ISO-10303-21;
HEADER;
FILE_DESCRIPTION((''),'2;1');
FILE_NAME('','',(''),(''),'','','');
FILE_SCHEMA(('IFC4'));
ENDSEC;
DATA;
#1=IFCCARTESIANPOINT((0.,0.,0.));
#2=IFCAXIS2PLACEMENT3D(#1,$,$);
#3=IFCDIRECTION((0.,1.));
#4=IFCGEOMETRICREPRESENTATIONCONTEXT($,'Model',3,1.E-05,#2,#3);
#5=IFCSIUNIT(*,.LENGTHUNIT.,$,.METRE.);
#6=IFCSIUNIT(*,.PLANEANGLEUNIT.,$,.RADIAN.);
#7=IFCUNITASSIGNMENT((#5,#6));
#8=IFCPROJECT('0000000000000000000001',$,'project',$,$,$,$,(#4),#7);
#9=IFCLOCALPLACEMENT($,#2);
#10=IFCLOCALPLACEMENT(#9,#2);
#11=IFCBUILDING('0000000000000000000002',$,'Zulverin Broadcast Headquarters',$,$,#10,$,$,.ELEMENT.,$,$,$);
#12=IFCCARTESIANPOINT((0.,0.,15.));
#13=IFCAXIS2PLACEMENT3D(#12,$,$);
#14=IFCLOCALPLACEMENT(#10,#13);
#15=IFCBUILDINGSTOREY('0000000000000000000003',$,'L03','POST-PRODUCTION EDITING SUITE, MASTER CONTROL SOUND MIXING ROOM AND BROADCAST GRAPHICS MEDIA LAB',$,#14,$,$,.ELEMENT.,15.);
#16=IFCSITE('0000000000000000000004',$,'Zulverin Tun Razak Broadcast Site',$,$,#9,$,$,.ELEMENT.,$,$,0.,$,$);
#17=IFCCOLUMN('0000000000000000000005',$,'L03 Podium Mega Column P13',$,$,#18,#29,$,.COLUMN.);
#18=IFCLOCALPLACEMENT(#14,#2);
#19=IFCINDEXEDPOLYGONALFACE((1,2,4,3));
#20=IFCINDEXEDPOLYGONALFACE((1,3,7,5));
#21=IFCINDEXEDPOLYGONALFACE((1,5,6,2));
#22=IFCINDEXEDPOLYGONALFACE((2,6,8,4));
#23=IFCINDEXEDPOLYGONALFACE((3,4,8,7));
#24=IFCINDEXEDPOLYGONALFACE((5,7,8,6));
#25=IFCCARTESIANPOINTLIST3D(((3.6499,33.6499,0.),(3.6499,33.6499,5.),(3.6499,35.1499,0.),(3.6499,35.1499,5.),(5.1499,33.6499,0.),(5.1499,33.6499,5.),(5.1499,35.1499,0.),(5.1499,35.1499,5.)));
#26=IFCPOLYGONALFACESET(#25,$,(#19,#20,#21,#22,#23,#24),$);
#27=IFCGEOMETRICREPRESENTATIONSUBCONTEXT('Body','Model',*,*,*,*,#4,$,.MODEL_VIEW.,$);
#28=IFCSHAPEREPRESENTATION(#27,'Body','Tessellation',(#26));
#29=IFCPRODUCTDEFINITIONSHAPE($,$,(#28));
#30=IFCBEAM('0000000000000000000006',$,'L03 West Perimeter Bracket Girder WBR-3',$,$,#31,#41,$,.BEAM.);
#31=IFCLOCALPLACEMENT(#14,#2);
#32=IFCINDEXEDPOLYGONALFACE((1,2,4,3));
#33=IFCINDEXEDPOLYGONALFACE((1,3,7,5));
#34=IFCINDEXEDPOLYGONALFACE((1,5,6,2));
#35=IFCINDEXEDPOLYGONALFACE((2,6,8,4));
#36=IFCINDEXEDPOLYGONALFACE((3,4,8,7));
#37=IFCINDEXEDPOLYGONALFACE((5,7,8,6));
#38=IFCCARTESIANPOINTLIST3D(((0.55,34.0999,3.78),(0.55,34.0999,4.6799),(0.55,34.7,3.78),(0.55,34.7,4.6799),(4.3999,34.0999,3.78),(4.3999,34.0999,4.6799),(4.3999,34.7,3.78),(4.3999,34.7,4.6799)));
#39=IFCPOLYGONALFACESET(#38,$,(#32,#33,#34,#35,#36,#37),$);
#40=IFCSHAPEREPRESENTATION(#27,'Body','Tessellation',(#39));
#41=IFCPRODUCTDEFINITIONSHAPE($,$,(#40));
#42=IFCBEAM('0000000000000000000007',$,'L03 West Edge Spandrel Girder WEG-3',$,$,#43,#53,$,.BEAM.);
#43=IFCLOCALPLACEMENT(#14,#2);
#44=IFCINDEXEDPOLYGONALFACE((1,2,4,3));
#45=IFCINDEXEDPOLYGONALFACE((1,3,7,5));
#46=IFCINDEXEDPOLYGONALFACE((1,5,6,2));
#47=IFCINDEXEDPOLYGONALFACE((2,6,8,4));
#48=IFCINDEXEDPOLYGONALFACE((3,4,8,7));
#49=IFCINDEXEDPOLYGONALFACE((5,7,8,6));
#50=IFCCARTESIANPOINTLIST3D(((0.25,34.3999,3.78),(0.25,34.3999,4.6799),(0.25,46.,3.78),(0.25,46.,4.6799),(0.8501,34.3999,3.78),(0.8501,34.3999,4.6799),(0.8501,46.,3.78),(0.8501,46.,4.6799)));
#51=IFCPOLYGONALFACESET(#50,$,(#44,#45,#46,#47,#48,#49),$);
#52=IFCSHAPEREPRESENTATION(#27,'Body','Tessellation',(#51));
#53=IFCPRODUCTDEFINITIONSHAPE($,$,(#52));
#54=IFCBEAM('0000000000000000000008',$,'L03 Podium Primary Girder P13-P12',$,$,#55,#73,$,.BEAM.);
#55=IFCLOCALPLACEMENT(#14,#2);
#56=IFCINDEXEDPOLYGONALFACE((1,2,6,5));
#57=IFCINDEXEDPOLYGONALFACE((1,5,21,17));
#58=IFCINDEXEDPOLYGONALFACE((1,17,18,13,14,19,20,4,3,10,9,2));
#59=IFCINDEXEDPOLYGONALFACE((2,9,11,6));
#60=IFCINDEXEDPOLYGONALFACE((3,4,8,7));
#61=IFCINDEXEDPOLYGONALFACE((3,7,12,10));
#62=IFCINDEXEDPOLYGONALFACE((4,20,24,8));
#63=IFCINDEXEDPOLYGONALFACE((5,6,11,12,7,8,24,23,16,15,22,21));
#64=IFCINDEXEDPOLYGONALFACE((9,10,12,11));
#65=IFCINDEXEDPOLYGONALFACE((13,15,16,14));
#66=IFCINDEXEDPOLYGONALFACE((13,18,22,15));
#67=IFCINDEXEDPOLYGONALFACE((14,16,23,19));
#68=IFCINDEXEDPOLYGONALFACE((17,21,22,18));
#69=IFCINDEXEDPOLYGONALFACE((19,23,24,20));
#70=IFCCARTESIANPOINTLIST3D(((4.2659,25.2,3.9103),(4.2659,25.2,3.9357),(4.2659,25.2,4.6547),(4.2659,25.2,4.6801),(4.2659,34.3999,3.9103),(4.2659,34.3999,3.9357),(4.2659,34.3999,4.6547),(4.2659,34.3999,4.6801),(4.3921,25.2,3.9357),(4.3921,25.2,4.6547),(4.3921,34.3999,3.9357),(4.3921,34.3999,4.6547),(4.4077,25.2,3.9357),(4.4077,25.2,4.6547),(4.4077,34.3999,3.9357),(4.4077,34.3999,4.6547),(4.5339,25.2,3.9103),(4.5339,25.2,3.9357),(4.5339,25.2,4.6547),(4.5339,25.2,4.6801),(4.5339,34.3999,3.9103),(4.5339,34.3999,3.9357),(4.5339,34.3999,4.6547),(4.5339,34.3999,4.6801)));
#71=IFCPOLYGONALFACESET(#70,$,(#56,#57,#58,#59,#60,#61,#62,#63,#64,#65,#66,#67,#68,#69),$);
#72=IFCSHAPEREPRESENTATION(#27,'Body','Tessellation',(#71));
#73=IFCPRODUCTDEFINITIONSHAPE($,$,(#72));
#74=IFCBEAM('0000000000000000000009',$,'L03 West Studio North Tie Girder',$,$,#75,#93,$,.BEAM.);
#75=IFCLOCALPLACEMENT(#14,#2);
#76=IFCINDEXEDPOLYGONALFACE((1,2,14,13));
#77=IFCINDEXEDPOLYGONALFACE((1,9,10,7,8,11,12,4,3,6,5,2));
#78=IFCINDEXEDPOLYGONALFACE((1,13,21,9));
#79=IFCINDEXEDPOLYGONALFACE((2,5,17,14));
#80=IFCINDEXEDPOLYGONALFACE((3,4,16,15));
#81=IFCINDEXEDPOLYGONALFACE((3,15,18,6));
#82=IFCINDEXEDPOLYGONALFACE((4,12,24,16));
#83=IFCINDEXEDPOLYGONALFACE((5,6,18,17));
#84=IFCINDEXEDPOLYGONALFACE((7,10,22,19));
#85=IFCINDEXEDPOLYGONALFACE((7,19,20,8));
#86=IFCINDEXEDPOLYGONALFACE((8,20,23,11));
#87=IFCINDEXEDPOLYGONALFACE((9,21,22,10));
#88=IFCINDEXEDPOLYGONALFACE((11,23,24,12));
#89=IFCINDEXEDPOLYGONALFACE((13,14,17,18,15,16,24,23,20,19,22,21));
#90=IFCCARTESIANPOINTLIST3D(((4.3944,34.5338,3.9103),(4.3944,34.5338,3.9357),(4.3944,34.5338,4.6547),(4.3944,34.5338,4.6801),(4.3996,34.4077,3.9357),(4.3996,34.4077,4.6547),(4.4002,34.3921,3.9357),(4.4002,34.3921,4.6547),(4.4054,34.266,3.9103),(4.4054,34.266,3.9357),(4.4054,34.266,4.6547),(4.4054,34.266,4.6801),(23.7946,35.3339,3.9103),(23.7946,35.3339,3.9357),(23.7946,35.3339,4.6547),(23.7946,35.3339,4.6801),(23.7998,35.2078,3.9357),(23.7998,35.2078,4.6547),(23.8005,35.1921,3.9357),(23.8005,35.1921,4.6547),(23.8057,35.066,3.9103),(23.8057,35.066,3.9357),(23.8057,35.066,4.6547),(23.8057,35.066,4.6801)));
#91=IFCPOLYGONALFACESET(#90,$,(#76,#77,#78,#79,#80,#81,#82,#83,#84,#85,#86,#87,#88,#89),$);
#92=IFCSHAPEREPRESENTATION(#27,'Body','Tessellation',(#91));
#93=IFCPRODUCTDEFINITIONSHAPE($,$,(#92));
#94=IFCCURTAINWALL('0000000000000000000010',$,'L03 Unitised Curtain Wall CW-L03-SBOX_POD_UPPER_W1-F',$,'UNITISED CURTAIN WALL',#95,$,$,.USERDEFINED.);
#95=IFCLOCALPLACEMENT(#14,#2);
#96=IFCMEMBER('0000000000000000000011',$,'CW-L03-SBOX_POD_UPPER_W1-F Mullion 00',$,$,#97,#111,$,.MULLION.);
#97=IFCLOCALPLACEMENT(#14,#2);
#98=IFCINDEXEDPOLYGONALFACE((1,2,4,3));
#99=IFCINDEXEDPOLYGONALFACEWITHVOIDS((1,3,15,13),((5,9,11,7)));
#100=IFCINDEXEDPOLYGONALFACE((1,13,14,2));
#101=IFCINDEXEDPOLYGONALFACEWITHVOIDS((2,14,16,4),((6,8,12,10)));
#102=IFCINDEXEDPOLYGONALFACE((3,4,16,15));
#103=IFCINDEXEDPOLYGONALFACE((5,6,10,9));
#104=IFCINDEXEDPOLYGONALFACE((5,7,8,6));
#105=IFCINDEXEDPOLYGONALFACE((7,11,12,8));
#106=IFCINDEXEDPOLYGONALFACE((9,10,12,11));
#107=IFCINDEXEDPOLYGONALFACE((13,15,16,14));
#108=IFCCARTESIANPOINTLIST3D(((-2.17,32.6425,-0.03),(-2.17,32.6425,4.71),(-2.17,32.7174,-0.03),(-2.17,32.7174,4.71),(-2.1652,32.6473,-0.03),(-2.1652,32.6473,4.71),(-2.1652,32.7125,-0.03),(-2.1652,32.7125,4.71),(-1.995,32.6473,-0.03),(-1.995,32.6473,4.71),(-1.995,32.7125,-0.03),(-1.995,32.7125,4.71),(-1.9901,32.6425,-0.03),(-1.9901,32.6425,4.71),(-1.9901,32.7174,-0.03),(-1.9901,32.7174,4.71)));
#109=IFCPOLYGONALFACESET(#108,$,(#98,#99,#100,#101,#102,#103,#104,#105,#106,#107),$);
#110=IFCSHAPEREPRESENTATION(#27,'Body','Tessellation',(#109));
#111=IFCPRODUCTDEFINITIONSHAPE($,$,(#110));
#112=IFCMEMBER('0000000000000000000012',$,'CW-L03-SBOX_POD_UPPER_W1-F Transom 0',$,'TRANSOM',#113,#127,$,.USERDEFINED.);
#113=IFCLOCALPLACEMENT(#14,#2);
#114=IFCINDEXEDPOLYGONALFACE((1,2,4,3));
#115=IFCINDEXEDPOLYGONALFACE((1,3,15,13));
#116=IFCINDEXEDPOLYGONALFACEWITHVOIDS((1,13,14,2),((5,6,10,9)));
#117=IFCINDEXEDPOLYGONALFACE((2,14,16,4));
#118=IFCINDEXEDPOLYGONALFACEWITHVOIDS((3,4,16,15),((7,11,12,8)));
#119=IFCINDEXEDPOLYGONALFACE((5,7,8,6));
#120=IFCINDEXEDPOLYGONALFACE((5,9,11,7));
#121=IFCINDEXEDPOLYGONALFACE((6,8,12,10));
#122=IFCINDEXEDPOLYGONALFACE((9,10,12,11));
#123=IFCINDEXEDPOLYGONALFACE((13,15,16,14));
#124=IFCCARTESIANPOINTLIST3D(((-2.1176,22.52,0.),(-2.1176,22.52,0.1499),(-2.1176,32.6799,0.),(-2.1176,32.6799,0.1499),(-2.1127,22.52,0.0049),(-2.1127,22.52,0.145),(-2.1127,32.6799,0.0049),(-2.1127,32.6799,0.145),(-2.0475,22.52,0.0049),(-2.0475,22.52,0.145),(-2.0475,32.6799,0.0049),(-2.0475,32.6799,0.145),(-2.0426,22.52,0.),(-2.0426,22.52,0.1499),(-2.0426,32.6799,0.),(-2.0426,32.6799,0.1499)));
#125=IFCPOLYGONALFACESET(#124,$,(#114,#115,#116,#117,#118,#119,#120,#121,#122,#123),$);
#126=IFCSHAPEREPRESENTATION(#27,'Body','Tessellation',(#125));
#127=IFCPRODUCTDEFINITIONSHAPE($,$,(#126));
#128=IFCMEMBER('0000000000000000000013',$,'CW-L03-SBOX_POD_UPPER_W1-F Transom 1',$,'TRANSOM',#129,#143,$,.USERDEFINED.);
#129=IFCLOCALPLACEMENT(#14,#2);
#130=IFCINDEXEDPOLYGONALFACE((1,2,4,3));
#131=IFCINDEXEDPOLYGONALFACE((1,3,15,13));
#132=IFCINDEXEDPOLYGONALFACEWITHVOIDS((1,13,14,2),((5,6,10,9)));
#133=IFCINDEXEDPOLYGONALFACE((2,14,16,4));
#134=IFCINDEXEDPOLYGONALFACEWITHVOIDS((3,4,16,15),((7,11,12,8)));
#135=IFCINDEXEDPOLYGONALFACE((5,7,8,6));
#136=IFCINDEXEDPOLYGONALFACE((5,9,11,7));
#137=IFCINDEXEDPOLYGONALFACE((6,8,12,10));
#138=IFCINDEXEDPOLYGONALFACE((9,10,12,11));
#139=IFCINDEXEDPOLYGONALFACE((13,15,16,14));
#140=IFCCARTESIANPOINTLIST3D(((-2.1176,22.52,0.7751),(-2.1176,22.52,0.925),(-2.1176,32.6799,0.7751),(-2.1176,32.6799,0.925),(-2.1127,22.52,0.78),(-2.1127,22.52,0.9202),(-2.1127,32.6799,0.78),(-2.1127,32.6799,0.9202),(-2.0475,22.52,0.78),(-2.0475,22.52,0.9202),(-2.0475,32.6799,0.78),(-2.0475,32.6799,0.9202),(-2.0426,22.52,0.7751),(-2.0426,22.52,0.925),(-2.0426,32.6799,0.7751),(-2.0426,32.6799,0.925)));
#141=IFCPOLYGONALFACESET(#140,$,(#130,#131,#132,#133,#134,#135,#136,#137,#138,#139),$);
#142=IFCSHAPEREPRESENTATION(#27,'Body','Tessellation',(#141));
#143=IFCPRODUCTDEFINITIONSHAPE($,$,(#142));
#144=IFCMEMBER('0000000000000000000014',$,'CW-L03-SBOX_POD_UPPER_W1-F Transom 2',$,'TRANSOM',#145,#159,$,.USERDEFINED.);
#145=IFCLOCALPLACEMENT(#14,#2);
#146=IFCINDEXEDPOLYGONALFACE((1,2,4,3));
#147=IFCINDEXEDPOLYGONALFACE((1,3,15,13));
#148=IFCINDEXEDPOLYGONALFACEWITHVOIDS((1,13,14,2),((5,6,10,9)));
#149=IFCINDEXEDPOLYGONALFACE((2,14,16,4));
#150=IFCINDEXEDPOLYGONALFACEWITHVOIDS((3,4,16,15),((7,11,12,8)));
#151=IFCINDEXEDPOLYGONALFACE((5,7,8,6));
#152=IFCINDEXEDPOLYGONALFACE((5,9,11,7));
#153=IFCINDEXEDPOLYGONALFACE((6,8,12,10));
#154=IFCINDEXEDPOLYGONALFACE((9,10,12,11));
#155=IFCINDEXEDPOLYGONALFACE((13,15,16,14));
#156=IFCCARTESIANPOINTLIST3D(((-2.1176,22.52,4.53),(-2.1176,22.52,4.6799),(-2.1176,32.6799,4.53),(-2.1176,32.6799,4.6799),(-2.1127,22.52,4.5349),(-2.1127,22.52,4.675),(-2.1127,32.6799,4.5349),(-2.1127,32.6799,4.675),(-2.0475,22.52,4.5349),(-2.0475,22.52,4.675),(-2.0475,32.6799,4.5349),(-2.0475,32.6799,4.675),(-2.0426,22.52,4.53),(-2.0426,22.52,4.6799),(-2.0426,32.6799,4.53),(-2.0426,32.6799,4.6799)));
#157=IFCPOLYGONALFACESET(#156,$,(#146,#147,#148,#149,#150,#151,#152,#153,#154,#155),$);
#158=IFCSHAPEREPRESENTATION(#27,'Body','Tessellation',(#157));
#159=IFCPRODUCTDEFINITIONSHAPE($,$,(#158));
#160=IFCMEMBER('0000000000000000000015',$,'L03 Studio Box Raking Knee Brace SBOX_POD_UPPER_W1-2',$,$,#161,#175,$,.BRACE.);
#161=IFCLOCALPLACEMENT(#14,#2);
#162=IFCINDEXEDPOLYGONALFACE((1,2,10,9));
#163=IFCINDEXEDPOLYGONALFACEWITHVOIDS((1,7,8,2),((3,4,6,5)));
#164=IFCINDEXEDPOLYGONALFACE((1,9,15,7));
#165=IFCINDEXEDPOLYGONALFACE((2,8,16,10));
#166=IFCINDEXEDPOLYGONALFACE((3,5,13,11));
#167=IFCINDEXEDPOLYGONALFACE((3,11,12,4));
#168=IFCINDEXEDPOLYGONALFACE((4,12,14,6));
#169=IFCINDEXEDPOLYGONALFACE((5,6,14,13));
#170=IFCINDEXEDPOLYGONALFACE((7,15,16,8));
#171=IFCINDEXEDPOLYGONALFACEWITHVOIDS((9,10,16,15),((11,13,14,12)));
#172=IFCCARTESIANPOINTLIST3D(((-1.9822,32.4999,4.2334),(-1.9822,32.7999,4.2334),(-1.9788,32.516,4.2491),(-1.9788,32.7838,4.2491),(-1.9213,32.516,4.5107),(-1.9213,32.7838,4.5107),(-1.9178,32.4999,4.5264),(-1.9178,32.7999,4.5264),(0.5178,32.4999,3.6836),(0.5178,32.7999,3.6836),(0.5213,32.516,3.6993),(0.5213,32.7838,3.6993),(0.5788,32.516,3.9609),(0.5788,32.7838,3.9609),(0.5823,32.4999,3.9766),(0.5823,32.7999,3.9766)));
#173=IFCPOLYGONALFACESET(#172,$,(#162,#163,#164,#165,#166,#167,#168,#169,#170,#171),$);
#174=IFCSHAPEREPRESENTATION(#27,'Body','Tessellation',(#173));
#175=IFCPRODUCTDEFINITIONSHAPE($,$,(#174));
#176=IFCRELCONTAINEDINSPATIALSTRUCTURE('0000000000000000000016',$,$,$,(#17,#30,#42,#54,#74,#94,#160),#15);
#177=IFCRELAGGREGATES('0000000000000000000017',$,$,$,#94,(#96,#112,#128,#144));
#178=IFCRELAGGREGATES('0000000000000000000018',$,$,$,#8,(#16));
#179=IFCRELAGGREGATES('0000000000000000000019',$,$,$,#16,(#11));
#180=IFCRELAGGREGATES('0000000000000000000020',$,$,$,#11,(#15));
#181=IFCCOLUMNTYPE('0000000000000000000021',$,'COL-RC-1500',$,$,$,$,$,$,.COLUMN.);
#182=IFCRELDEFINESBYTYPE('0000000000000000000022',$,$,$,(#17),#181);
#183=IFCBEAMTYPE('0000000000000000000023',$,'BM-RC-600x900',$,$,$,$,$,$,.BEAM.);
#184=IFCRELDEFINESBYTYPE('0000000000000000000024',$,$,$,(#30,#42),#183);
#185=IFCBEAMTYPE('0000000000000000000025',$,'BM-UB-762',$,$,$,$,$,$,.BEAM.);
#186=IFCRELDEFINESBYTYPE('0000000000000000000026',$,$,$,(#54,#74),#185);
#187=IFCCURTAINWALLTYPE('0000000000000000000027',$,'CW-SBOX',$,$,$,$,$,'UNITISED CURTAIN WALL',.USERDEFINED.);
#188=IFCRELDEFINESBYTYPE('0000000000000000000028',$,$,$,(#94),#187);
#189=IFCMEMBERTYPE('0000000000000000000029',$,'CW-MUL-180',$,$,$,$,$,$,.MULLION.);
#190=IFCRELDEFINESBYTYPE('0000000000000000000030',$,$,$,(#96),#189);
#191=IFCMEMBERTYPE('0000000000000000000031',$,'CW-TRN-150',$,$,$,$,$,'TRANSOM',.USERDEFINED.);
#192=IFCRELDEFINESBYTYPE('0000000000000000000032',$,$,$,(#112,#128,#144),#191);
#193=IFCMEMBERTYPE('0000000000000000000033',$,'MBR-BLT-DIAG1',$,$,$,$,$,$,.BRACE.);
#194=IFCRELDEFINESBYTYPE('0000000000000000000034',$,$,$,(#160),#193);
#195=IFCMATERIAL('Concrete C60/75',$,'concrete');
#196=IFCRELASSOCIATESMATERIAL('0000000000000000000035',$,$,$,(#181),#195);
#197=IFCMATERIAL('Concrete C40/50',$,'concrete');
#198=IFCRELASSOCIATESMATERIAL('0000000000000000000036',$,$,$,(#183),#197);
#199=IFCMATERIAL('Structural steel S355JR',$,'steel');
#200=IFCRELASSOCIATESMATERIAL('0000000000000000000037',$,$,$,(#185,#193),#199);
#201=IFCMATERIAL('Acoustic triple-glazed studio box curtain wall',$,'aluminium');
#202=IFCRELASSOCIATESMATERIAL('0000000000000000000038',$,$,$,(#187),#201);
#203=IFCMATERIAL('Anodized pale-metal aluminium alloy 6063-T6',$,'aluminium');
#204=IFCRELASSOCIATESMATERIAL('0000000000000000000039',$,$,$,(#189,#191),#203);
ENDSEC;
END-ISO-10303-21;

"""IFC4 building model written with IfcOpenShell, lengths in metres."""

from ifc_helpers import new_model, si_unit, direction, frame, origin, origin_2d, place, context, subcontext, project, spatial, rectangle, hollow_rectangle, i_section, extrude, material, material_profile, profile_set, type_object, element, aggregate, save


model = new_model("IFC4")

# Units and contexts
model_context = context("Model", 3, precision=1e-05, world=origin(), true_north=direction((0.0, 1.0)))
body_context = subcontext(model_context, "Body", "Model", "MODEL_VIEW")
ifc_project = project(units=[si_unit("LENGTHUNIT", "METRE"), si_unit("PLANEANGLEUNIT", "RADIAN")], contexts=[model_context])

# Site, building, storey
site_placement = place(None, origin())
site = spatial("IfcSite", under=ifc_project, at=site_placement, Name="Zulverin Tun Razak Broadcast Site", CompositionType="ELEMENT", RefElevation=0.0)
building_placement = place(site_placement, origin())
building = spatial("IfcBuilding", under=site, at=building_placement, Name="Zulverin Broadcast Headquarters", CompositionType="ELEMENT")
storey_placement = place(building_placement, frame((0.0, 0.0, 15.0)))
storey = spatial("IfcBuildingStorey", under=building, at=storey_placement, Name="L03", Description="POST-PRODUCTION EDITING SUITE, MASTER CONTROL SOUND MIXING ROOM AND BROADCAST GRAPHICS MEDIA LAB", CompositionType="ELEMENT", Elevation=15.0)

# Column
ifc_material_1 = material(Name="Concrete C60/75", Category="concrete")
ifc_material_profile_1 = material_profile(ifc_material_1, rectangle(XDim=1.5, YDim=1.5, at=origin_2d()), Name="Concrete C60/75", Category="concrete")
ifc_profile_set_1 = profile_set([ifc_material_profile_1], Name="Concrete C60/75")
column_type = type_object("IfcColumnType", Name="COL-RC-1500", PredefinedType="COLUMN", material=ifc_profile_set_1)
column_placement = place(storey_placement, frame((4.3999, 34.3999, 0.0), z_axis=(0.0, 0.0, 1.0), x_axis=(1.0, 0.0, 0.0)))
element("IfcColumn", 1, at=column_placement, inside=storey, type_object=column_type, Name="L03 Podium Mega Column P13", PredefinedType="COLUMN", context=body_context, shape_type="SweptSolid", body=[
    extrude(rectangle(XDim=1.5, YDim=1.5, at=origin_2d()), origin(), (0.0, 0.0, 1.0), 5.0),
])

# Beams
ifc_material_2 = material(Name="Concrete C40/50", Category="concrete")
ifc_material_profile_2 = material_profile(ifc_material_2, rectangle(XDim=0.6001, YDim=0.8999, at=origin_2d()), Name="Concrete C40/50", Category="concrete")
ifc_profile_set_2 = profile_set([ifc_material_profile_2], Name="Concrete C40/50")
beam_type_1 = type_object("IfcBeamType", Name="BM-RC-600x900", PredefinedType="BEAM", material=ifc_profile_set_2)
beam_1_placement = place(storey_placement, frame((4.3999, 34.3999, 4.23), z_axis=(-1.0, 0.0, 0.0), x_axis=(0.0, -1.0, 0.0)))
element("IfcBeam", 2, at=beam_1_placement, inside=storey, type_object=beam_type_1, Name="L03 West Perimeter Bracket Girder WBR-3", PredefinedType="BEAM", context=body_context, shape_type="SweptSolid", body=[
    extrude(rectangle(XDim=0.6001, YDim=0.8999, at=origin_2d()), origin(), (0.0, 0.0, 1.0), 3.8499),
])
beam_2_placement = place(storey_placement, frame((0.55, 34.3999, 4.23), z_axis=(0.0, 1.0, 0.0), x_axis=(-1.0, 0.0, 0.0)))
element("IfcBeam", 3, at=beam_2_placement, inside=storey, type_object=beam_type_1, Name="L03 West Edge Spandrel Girder WEG-3", PredefinedType="BEAM", context=body_context, shape_type="SweptSolid", body=[
    extrude(rectangle(XDim=0.6001, YDim=0.8999, at=origin_2d()), origin(), (0.0, 0.0, 1.0), 11.6001),
])
ifc_material_3 = material(Name="Structural steel S355JR", Category="steel")
ifc_material_profile_3 = material_profile(ifc_material_3, i_section(OverallWidth=0.2681, OverallDepth=0.7698, WebThickness=0.0156, FlangeThickness=0.0254, at=origin_2d()), Name="Structural steel S355JR", Category="steel")
ifc_profile_set_3 = profile_set([ifc_material_profile_3], Name="Structural steel S355JR")
beam_type_2 = type_object("IfcBeamType", Name="BM-UB-762", PredefinedType="BEAM", material=ifc_profile_set_3)
beam_3_placement = place(storey_placement, frame((4.3999, 34.3999, 4.2952), z_axis=(0.0, -1.0, 0.0), x_axis=(1.0, 0.0, 0.0)))
element("IfcBeam", 4, at=beam_3_placement, inside=storey, type_object=beam_type_2, Name="L03 Podium Primary Girder P13-P12", PredefinedType="BEAM", context=body_context, shape_type="SweptSolid", body=[
    extrude(i_section(OverallWidth=0.2681, OverallDepth=0.7698, WebThickness=0.0156, FlangeThickness=0.0254, at=origin_2d()), origin(), (0.0, 0.0, 1.0), 9.2),
])
beam_4_placement = place(storey_placement, frame((4.3999, 34.3999, 4.2952), z_axis=(0.999151, 0.041204, 0.0), x_axis=(-0.041204, 0.999151, 0.0)))
element("IfcBeam", 5, at=beam_4_placement, inside=storey, type_object=beam_type_2, Name="L03 West Studio North Tie Girder", PredefinedType="BEAM", context=body_context, shape_type="SweptSolid", body=[
    extrude(i_section(OverallWidth=0.2681, OverallDepth=0.7698, WebThickness=0.0156, FlangeThickness=0.0254, at=origin_2d()), origin(), (0.0, 0.0, 1.0), 19.4167),
])

# Curtain wall, members
ifc_material_4 = material(Name="Acoustic triple-glazed studio box curtain wall", Category="aluminium")
curtain_wall_type = type_object("IfcCurtainWallType", Name="CW-SBOX", ElementType="UNITISED CURTAIN WALL", PredefinedType="USERDEFINED", material=ifc_material_4)
curtain_wall_placement = place(storey_placement, origin())
curtain_wall = element("IfcCurtainWall", 6, at=curtain_wall_placement, inside=storey, type_object=curtain_wall_type, Name="L03 Unitised Curtain Wall CW-L03-SBOX_POD_UPPER_W1-F", ObjectType="UNITISED CURTAIN WALL", PredefinedType="USERDEFINED")
ifc_material_5 = material(Name="Anodized pale-metal aluminium alloy 6063-T6", Category="aluminium")
ifc_material_profile_4 = material_profile(ifc_material_5, hollow_rectangle(XDim=0.075, YDim=0.1799, WallThickness=0.0049, at=origin_2d()), Name="Anodized pale-metal aluminium alloy 6063-T6", Category="aluminium")
ifc_profile_set_4 = profile_set([ifc_material_profile_4], Name="Anodized pale-metal aluminium alloy 6063-T6")
member_type_1 = type_object("IfcMemberType", Name="CW-MUL-180", PredefinedType="MULLION", material=ifc_profile_set_4)
member_1_placement = place(storey_placement, frame((-2.0801, 32.6799, -0.03), z_axis=(0.0, 0.0, 1.0), x_axis=(0.0, -1.0, 0.0)))
member_1 = element("IfcMember", 7, at=member_1_placement, type_object=member_type_1, Name="CW-L03-SBOX_POD_UPPER_W1-F Mullion 00", PredefinedType="MULLION", context=body_context, shape_type="SweptSolid", body=[
    extrude(hollow_rectangle(XDim=0.075, YDim=0.1799, WallThickness=0.0049, at=origin_2d()), origin(), (0.0, 0.0, 1.0), 4.74),
])
ifc_material_profile_5 = material_profile(ifc_material_5, hollow_rectangle(XDim=0.075, YDim=0.1499, WallThickness=0.0049, at=origin_2d()), Name="Anodized pale-metal aluminium alloy 6063-T6", Category="aluminium")
ifc_profile_set_5 = profile_set([ifc_material_profile_5], Name="Anodized pale-metal aluminium alloy 6063-T6")
member_type_2 = type_object("IfcMemberType", Name="CW-TRN-150", ElementType="TRANSOM", PredefinedType="USERDEFINED", material=ifc_profile_set_5)
member_2_placement = place(storey_placement, frame((-2.0801, 32.6799, 0.075), z_axis=(0.0, -1.0, 0.0), x_axis=(1.0, 0.0, 0.0)))
member_2 = element("IfcMember", 8, at=member_2_placement, type_object=member_type_2, Name="CW-L03-SBOX_POD_UPPER_W1-F Transom 0", ObjectType="TRANSOM", PredefinedType="USERDEFINED", context=body_context, shape_type="SweptSolid", body=[
    extrude(hollow_rectangle(XDim=0.075, YDim=0.1499, WallThickness=0.0049, at=origin_2d()), origin(), (0.0, 0.0, 1.0), 10.1599),
])
member_3_placement = place(storey_placement, frame((-2.0801, 32.6799, 0.8501), z_axis=(0.0, -1.0, 0.0), x_axis=(1.0, 0.0, 0.0)))
member_3 = element("IfcMember", 9, at=member_3_placement, type_object=member_type_2, Name="CW-L03-SBOX_POD_UPPER_W1-F Transom 1", ObjectType="TRANSOM", PredefinedType="USERDEFINED", context=body_context, shape_type="SweptSolid", body=[
    extrude(hollow_rectangle(XDim=0.075, YDim=0.1499, WallThickness=0.0049, at=origin_2d()), origin(), (0.0, 0.0, 1.0), 10.1599),
])
member_4_placement = place(storey_placement, frame((-2.0801, 32.6799, 4.605), z_axis=(0.0, -1.0, 0.0), x_axis=(1.0, 0.0, 0.0)))
member_4 = element("IfcMember", 10, at=member_4_placement, type_object=member_type_2, Name="CW-L03-SBOX_POD_UPPER_W1-F Transom 2", ObjectType="TRANSOM", PredefinedType="USERDEFINED", context=body_context, shape_type="SweptSolid", body=[
    extrude(hollow_rectangle(XDim=0.075, YDim=0.1499, WallThickness=0.0049, at=origin_2d()), origin(), (0.0, 0.0, 1.0), 10.1599),
])
aggregate(curtain_wall, [member_1, member_2, member_3, member_4])

# Member
ifc_material_profile_6 = material_profile(ifc_material_3, hollow_rectangle(XDim=0.3, YDim=0.3, WallThickness=0.0161, at=origin_2d()), Name="Structural steel S355JR", Category="steel")
ifc_profile_set_6 = profile_set([ifc_material_profile_6], Name="Structural steel S355JR")
member_type_3 = type_object("IfcMemberType", Name="MBR-BLT-DIAG1", PredefinedType="BRACE", material=ifc_profile_set_6)
member_5_placement = place(storey_placement, frame((0.55, 32.6499, 3.8301), z_axis=(-0.97666, 0.0, 0.214789), x_axis=(0.0, -1.0, 0.0)))
element("IfcMember", 11, at=member_5_placement, inside=storey, type_object=member_type_3, Name="L03 Studio Box Raking Knee Brace SBOX_POD_UPPER_W1-2", PredefinedType="BRACE", context=body_context, shape_type="SweptSolid", body=[
    extrude(hollow_rectangle(XDim=0.3, YDim=0.3, WallThickness=0.0161, at=origin_2d()), origin(), (0.0, 0.0, 1.0), 2.5598),
])

save(model, "model.ifc")
